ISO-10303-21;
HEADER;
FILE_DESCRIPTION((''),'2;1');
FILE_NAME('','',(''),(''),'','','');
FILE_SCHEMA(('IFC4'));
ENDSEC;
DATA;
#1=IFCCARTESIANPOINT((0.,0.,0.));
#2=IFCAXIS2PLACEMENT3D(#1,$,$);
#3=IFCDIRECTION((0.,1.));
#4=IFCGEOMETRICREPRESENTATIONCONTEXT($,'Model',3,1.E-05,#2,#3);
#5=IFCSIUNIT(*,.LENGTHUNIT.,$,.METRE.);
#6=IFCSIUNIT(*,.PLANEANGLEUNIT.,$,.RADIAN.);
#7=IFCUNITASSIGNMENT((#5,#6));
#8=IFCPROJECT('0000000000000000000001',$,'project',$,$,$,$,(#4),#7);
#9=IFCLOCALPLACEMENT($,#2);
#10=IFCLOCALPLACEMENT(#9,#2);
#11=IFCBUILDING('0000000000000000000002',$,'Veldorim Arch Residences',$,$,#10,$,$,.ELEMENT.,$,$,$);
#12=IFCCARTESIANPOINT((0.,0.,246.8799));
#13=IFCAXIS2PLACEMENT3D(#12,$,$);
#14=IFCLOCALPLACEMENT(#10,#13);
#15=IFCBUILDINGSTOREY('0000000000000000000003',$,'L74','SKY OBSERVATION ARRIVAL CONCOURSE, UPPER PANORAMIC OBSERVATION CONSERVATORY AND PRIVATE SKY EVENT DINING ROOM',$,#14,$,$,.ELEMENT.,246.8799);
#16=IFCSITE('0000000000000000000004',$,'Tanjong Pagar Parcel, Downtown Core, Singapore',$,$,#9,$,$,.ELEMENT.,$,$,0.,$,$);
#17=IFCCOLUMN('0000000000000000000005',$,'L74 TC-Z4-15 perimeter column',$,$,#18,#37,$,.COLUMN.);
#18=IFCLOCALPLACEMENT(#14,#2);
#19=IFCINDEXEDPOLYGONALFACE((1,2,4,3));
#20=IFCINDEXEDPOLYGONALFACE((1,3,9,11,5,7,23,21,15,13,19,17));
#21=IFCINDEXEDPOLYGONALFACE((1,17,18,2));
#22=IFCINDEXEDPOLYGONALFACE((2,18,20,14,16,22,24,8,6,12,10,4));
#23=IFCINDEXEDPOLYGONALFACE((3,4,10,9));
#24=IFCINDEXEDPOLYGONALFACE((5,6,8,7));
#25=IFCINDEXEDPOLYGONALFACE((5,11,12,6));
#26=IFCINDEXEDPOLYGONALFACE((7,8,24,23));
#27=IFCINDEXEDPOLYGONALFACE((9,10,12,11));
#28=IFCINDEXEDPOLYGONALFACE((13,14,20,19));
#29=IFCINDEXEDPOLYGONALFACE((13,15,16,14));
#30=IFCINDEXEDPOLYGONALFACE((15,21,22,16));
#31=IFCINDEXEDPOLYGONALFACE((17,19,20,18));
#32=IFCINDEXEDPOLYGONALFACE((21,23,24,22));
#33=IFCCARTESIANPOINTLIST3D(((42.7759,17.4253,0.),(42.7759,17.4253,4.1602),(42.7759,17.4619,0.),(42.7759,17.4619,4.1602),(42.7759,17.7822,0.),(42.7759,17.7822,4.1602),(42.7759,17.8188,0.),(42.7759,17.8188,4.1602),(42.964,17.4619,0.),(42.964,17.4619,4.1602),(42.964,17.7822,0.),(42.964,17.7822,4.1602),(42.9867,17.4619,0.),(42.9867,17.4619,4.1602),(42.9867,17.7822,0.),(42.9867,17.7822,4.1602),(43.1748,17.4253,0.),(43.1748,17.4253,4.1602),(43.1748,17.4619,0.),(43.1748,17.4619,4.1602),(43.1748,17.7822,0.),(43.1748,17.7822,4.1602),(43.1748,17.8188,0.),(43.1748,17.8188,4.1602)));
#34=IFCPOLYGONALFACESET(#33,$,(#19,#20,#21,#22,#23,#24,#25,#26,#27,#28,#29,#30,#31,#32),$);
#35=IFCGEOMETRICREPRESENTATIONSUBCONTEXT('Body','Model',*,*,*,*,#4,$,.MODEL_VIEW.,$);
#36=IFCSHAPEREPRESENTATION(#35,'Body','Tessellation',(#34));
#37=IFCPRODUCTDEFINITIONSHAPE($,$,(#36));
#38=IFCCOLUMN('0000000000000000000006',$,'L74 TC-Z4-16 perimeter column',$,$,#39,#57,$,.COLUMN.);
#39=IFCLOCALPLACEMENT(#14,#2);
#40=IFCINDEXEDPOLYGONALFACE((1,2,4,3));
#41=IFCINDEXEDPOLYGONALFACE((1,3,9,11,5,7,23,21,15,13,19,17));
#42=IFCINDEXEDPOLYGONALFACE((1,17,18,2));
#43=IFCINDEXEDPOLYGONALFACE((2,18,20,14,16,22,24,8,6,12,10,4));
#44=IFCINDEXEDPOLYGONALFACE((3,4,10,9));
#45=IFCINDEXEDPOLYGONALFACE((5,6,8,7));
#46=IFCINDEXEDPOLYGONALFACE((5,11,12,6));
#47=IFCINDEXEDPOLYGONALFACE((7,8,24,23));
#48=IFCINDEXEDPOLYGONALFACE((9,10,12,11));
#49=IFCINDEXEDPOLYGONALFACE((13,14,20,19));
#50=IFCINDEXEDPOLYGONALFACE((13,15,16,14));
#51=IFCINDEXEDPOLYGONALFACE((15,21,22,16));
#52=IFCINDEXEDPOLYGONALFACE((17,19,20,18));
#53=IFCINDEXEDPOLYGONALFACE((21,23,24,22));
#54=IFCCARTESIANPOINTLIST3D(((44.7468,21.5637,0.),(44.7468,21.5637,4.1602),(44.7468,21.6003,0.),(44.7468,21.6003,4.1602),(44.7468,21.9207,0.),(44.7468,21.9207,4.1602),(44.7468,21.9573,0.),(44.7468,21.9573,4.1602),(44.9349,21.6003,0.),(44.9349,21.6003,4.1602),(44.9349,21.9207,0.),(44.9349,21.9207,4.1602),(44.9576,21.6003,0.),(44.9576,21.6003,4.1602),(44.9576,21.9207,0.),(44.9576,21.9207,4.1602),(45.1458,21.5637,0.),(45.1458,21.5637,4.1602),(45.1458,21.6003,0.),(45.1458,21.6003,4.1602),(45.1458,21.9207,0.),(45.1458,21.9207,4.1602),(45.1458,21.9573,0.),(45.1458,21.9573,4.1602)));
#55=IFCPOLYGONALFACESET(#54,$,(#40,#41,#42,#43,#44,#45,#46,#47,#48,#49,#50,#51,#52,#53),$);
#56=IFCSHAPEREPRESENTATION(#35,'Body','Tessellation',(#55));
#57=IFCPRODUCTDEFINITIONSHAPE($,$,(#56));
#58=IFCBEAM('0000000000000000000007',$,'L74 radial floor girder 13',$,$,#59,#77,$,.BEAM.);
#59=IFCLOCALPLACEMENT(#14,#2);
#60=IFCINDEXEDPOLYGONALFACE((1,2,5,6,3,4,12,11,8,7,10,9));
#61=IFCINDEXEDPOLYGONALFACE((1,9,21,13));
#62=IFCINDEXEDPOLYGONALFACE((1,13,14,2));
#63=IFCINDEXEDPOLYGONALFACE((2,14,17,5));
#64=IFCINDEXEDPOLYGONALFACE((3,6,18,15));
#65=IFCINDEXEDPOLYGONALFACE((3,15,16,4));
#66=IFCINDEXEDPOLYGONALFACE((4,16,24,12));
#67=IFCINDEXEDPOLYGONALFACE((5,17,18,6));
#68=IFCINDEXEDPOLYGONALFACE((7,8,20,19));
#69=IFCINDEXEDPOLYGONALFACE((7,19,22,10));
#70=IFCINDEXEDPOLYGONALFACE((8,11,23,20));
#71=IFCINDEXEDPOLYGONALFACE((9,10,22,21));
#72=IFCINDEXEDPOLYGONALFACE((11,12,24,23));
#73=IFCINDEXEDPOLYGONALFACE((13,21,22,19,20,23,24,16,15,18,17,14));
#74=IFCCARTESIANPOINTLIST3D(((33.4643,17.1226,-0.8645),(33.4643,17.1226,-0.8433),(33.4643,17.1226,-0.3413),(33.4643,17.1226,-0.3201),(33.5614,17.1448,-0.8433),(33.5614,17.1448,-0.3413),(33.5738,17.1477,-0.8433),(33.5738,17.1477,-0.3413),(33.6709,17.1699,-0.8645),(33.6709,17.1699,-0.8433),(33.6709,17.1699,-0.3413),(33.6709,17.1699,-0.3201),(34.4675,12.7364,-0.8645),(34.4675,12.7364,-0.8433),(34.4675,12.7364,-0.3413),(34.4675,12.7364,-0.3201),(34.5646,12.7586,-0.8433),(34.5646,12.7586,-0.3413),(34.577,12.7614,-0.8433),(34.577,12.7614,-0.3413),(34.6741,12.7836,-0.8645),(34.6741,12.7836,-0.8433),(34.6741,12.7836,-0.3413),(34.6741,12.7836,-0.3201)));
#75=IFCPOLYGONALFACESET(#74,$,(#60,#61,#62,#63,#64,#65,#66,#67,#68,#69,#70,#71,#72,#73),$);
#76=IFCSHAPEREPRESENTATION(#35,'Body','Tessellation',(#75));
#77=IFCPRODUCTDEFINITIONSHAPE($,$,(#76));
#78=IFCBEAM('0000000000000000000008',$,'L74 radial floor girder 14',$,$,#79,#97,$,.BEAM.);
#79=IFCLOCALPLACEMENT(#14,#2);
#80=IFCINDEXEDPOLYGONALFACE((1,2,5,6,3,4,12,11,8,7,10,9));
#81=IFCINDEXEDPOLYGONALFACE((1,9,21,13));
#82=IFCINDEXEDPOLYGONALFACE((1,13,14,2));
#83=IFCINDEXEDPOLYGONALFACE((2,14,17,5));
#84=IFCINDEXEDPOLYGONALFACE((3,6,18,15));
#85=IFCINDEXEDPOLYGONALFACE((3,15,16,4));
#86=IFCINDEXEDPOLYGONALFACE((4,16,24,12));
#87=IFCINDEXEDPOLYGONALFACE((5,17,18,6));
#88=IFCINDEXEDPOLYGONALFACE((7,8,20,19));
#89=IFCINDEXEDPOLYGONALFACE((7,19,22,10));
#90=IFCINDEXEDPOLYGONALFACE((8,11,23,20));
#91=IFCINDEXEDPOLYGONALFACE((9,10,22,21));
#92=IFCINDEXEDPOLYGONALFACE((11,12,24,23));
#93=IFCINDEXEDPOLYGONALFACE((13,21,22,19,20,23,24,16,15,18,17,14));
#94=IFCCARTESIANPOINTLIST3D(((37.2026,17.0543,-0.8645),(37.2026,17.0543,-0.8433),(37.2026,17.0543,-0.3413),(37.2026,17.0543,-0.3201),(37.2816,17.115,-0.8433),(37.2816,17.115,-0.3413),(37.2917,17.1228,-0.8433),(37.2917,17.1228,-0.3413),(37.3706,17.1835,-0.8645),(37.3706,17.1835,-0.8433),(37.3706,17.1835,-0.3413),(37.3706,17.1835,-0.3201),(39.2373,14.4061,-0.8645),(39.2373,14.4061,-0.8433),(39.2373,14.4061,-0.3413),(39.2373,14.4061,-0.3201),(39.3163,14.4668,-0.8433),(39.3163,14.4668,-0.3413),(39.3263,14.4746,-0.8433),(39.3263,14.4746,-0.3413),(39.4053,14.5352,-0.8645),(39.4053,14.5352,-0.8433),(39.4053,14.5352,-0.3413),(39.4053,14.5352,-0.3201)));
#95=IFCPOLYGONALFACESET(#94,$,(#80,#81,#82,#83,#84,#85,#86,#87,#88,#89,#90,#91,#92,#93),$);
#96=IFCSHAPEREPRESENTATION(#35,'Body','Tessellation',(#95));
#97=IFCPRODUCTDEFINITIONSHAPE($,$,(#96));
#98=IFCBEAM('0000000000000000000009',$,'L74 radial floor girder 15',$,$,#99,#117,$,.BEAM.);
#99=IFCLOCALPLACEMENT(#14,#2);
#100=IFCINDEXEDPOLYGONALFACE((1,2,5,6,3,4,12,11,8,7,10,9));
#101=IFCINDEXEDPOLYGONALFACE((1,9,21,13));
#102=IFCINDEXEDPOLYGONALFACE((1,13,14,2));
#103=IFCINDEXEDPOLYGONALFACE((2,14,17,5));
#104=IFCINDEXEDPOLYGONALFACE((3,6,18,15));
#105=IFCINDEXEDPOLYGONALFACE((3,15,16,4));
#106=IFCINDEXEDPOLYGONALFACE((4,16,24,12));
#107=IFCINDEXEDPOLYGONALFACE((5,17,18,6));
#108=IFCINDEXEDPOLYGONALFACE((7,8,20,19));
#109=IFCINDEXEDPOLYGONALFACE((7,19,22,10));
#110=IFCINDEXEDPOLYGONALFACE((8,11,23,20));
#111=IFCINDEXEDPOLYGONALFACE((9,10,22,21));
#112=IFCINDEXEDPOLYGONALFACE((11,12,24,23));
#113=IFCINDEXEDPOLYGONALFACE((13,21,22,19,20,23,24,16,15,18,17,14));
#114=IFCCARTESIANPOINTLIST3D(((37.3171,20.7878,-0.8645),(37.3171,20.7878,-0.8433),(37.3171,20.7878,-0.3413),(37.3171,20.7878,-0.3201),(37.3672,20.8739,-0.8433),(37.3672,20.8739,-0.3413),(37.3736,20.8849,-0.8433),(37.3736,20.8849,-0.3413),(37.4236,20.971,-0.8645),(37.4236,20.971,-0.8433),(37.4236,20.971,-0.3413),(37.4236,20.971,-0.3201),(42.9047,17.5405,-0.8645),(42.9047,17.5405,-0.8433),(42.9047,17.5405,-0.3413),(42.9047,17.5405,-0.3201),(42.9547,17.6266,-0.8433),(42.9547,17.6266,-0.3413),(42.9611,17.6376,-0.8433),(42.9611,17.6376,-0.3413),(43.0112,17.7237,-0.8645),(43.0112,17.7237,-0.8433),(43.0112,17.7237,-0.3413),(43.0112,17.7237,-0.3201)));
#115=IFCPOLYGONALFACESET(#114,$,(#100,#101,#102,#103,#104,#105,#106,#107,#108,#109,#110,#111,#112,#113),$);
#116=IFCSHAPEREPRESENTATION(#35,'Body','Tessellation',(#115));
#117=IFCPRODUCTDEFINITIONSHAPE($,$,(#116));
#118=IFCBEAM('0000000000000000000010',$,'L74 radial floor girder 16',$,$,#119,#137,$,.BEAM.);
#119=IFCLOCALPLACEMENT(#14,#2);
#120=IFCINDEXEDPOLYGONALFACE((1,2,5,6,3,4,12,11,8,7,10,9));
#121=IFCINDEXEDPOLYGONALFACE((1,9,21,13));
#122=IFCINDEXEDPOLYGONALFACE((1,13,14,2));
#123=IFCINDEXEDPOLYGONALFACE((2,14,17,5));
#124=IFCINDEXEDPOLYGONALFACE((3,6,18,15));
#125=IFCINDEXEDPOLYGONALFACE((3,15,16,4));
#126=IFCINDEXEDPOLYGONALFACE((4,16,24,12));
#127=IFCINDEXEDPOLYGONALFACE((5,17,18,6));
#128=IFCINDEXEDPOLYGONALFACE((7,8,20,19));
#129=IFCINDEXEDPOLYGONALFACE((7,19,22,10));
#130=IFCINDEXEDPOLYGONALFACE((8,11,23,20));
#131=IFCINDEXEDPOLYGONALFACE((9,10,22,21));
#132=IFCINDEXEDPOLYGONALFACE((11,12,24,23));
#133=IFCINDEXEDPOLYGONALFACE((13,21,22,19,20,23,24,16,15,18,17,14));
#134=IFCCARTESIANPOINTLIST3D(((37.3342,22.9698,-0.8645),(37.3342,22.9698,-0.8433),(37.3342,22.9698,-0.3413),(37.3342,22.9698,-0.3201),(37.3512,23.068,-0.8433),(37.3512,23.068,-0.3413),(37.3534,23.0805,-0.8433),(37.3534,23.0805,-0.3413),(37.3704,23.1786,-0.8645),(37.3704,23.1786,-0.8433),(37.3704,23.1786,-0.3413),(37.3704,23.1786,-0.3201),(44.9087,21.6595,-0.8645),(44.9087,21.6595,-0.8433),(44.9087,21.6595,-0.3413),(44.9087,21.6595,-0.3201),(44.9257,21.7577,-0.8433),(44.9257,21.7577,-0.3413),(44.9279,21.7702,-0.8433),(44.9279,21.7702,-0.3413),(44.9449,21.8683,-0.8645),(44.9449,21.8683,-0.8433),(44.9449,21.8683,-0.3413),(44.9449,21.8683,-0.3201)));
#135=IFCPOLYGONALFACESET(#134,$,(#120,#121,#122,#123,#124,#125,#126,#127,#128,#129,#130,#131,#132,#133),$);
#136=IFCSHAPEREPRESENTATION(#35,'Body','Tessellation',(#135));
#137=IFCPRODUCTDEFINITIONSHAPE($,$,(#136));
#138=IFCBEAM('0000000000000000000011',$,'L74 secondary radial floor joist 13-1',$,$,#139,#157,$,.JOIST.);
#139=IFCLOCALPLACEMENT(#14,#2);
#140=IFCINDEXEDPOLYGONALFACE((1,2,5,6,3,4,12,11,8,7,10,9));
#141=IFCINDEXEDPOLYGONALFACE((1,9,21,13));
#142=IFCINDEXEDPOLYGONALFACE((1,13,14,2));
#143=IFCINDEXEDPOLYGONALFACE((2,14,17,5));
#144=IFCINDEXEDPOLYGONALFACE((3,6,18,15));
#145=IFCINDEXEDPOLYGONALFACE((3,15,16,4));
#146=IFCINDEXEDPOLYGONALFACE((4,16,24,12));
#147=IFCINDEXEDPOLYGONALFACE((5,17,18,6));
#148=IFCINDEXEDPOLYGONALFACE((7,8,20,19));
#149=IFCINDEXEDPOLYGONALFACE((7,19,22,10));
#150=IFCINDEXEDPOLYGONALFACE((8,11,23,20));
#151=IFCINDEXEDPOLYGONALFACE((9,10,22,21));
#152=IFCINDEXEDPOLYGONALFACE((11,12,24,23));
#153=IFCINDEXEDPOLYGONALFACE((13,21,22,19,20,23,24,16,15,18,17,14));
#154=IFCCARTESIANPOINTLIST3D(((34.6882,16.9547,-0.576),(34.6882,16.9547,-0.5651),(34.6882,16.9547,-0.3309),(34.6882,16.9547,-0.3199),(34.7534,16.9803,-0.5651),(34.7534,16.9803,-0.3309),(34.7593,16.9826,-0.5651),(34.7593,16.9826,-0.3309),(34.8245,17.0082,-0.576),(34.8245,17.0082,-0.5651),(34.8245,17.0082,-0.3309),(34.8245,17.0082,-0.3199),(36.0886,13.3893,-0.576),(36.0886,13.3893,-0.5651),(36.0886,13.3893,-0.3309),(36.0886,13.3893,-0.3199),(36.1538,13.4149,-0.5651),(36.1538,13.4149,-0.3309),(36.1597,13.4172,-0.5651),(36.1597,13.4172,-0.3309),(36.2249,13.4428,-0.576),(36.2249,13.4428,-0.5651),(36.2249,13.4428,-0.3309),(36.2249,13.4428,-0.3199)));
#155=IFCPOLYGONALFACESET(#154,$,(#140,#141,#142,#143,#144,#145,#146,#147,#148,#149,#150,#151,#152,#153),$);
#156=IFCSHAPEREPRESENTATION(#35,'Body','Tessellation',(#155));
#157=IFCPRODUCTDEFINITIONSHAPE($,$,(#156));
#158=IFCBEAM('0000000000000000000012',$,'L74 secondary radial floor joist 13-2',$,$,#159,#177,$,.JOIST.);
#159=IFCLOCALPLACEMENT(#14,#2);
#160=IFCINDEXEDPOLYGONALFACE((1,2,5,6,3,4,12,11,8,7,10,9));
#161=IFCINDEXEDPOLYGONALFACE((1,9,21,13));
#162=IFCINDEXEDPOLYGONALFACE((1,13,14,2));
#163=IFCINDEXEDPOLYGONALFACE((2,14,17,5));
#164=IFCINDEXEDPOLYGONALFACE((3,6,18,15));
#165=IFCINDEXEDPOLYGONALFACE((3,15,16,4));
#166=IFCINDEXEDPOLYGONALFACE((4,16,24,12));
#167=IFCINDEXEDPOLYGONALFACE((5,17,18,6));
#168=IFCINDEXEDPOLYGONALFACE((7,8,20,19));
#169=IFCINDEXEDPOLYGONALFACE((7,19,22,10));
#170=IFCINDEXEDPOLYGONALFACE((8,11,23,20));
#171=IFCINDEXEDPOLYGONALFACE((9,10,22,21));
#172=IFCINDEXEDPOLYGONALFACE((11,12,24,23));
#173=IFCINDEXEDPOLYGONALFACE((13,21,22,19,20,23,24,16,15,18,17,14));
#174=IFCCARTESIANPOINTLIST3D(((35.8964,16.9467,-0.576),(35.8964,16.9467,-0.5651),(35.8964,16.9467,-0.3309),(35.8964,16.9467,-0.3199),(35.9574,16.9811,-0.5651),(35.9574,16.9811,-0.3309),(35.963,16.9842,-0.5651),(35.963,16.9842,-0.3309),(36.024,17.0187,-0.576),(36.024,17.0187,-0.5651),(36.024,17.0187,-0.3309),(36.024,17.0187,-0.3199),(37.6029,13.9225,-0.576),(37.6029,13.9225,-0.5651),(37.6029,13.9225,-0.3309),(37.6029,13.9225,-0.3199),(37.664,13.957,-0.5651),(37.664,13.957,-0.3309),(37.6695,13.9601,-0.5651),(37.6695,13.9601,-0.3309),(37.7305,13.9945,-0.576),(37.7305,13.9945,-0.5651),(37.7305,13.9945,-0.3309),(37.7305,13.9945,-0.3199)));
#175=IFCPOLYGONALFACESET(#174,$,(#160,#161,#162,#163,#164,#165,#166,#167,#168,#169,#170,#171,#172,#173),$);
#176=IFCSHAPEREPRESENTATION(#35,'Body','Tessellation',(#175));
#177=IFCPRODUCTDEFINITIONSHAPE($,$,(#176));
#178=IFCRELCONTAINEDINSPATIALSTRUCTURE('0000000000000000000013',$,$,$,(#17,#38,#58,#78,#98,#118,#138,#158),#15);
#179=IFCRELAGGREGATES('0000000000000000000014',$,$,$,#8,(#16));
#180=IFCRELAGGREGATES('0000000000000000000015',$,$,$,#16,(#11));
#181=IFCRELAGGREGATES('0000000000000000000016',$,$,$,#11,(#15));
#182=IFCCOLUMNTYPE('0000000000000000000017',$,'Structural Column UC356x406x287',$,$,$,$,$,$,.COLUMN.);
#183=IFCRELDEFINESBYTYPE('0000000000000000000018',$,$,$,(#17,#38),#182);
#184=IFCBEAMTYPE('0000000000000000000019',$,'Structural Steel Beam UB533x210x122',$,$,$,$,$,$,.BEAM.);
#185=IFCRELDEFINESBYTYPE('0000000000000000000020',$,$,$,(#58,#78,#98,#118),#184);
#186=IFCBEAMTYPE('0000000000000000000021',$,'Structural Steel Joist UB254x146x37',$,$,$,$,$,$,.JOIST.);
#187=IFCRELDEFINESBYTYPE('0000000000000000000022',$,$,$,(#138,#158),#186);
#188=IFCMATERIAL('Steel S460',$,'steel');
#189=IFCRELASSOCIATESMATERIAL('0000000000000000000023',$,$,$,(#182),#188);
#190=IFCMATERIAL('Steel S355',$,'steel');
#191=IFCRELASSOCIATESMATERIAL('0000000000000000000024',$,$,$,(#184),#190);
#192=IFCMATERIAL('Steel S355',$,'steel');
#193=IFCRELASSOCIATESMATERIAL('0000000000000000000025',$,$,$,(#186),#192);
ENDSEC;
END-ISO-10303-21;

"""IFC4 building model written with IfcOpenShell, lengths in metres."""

from ifc_helpers import new_model, si_unit, direction, frame, origin, origin_2d, place, context, subcontext, project, spatial, i_section, extrude, material, material_profile, profile_set, type_object, element, save


model = new_model("IFC4")

# Units and contexts
model_context = context("Model", 3, precision=1e-05, world=origin(), true_north=direction((0.0, 1.0)))
body_context = subcontext(model_context, "Body", "Model", "MODEL_VIEW")
ifc_project = project(units=[si_unit("LENGTHUNIT", "METRE"), si_unit("PLANEANGLEUNIT", "RADIAN")], contexts=[model_context])

# Site, building, storey
site_placement = place(None, origin())
site = spatial("IfcSite", under=ifc_project, at=site_placement, Name="Tanjong Pagar Parcel, Downtown Core, Singapore", CompositionType="ELEMENT", RefElevation=0.0)
building_placement = place(site_placement, origin())
building = spatial("IfcBuilding", under=site, at=building_placement, Name="Veldorim Arch Residences", CompositionType="ELEMENT")
storey_placement = place(building_placement, frame((0.0, 0.0, 246.8799)))
storey = spatial("IfcBuildingStorey", under=building, at=storey_placement, Name="L74", Description="SKY OBSERVATION ARRIVAL CONCOURSE, UPPER PANORAMIC OBSERVATION CONSERVATORY AND PRIVATE SKY EVENT DINING ROOM", CompositionType="ELEMENT", Elevation=246.8799)

# Columns
ifc_material_1 = material(Name="Steel S460", Category="steel")
ifc_material_profile_1 = material_profile(ifc_material_1, i_section(OverallWidth=0.3989, OverallDepth=0.3936, WebThickness=0.0227, FlangeThickness=0.0366, at=origin_2d()), Name="UC356x406x287")
ifc_profile_set_1 = profile_set([ifc_material_profile_1], Name="Steel S460")
column_type = type_object("IfcColumnType", Name="Structural Column UC356x406x287", PredefinedType="COLUMN", material=ifc_profile_set_1)
for number, where, z_axis, x_axis, name in (
    (1, (42.9753, 17.6221, 0.0), (0.0, 0.0, 1.0), (1.0, 0.0, 0.0), "L74 TC-Z4-15 perimeter column"),
    (2, (44.9463, 21.7605, 0.0), (0.0, 0.0, 1.0), (1.0, 0.0, 0.0), "L74 TC-Z4-16 perimeter column"),
):
    element("IfcColumn", number, at=place(storey_placement, frame(where, z_axis=z_axis, x_axis=x_axis)), inside=storey, type_object=column_type, Name=name, PredefinedType="COLUMN", context=body_context, shape_type="SweptSolid", body=[
        extrude(i_section(OverallWidth=0.3989, OverallDepth=0.3936, WebThickness=0.0227, FlangeThickness=0.0366, at=origin_2d()), origin(), (0.0, 0.0, 1.0), 4.1602),
    ])

# Beams
ifc_material_2 = material(Name="Steel S355", Category="steel")
ifc_material_profile_2 = material_profile(ifc_material_2, i_section(OverallWidth=0.2119, OverallDepth=0.5444, WebThickness=0.0127, FlangeThickness=0.0212, at=origin_2d()), Name="UB533x210x122")
ifc_profile_set_2 = profile_set([ifc_material_profile_2], Name="Steel S355")
beam_type_1 = type_object("IfcBeamType", Name="Structural Steel Beam UB533x210x122", PredefinedType="BEAM", material=ifc_profile_set_2)
beam_1_placement = place(storey_placement, frame((33.5676, 17.1462, -0.5923), z_axis=(0.222953, -0.974829, 0.0), x_axis=(0.974829, 0.222953, 0.0)))
element("IfcBeam", 3, at=beam_1_placement, inside=storey, type_object=beam_type_1, Name="L74 radial floor girder 13", PredefinedType="BEAM", context=body_context, shape_type="SweptSolid", body=[
    extrude(i_section(OverallWidth=0.2119, OverallDepth=0.5444, WebThickness=0.0127, FlangeThickness=0.0212, at=origin_2d()), origin(), (0.0, 0.0, 1.0), 4.4995),
])
beam_2_placement = place(storey_placement, frame((37.2866, 17.1189, -0.5923), z_axis=(0.609258, -0.792972, 0.0), x_axis=(0.792972, 0.609258, 0.0)))
element("IfcBeam", 4, at=beam_2_placement, inside=storey, type_object=beam_type_1, Name="L74 radial floor girder 14", PredefinedType="BEAM", context=body_context, shape_type="SweptSolid", body=[
    extrude(i_section(OverallWidth=0.2119, OverallDepth=0.5444, WebThickness=0.0127, FlangeThickness=0.0212, at=origin_2d()), origin(), (0.0, 0.0, 1.0), 3.3396),
])
beam_3_placement = place(storey_placement, frame((37.3704, 20.8794, -0.5923), z_axis=(0.864596, -0.502468, 0.0), x_axis=(0.502468, 0.864596, 0.0)))
element("IfcBeam", 5, at=beam_3_placement, inside=storey, type_object=beam_type_1, Name="L74 radial floor girder 15", PredefinedType="BEAM", context=body_context, shape_type="SweptSolid", body=[
    extrude(i_section(OverallWidth=0.2119, OverallDepth=0.5444, WebThickness=0.0127, FlangeThickness=0.0212, at=origin_2d()), origin(), (0.0, 0.0, 1.0), 6.4626),
])
beam_4_placement = place(storey_placement, frame((37.3523, 23.0742, -0.5923), z_axis=(0.985365, -0.170458, 0.0), x_axis=(0.170458, 0.985365, 0.0)))
element("IfcBeam", 6, at=beam_4_placement, inside=storey, type_object=beam_type_1, Name="L74 radial floor girder 16", PredefinedType="BEAM", context=body_context, shape_type="SweptSolid", body=[
    extrude(i_section(OverallWidth=0.2119, OverallDepth=0.5444, WebThickness=0.0127, FlangeThickness=0.0212, at=origin_2d()), origin(), (0.0, 0.0, 1.0), 7.687),
])
ifc_material_3 = material(Name="Steel S355", Category="steel")
ifc_material_profile_3 = material_profile(ifc_material_3, i_section(OverallWidth=0.1465, OverallDepth=0.2561, WebThickness=0.0063, FlangeThickness=0.011, at=origin_2d()), Name="UB254x146x37")
ifc_profile_set_3 = profile_set([ifc_material_profile_3], Name="Steel S355")
beam_type_2 = type_object("IfcBeamType", Name="Structural Steel Joist UB254x146x37", PredefinedType="JOIST", material=ifc_profile_set_3)
beam_5_placement = place(storey_placement, frame((34.7563, 16.9814, -0.448), z_axis=(0.365581, -0.930779, 0.0), x_axis=(0.930779, 0.365581, 0.0)))
element("IfcBeam", 7, at=beam_5_placement, inside=storey, type_object=beam_type_2, Name="L74 secondary radial floor joist 13-1", PredefinedType="JOIST", context=body_context, shape_type="SweptSolid", body=[
    extrude(i_section(OverallWidth=0.1465, OverallDepth=0.2561, WebThickness=0.0063, FlangeThickness=0.011, at=origin_2d()), origin(), (0.0, 0.0, 1.0), 3.8306),
])
beam_6_placement = place(storey_placement, frame((35.9602, 16.9827, -0.448), z_axis=(0.491452, -0.870904, 0.0), x_axis=(0.870904, 0.491452, 0.0)))
element("IfcBeam", 8, at=beam_6_placement, inside=storey, type_object=beam_type_2, Name="L74 secondary radial floor joist 13-2", PredefinedType="JOIST", context=body_context, shape_type="SweptSolid", body=[
    extrude(i_section(OverallWidth=0.1465, OverallDepth=0.2561, WebThickness=0.0063, FlangeThickness=0.011, at=origin_2d()), origin(), (0.0, 0.0, 1.0), 3.4724),
])

save(model, "model.ifc")
